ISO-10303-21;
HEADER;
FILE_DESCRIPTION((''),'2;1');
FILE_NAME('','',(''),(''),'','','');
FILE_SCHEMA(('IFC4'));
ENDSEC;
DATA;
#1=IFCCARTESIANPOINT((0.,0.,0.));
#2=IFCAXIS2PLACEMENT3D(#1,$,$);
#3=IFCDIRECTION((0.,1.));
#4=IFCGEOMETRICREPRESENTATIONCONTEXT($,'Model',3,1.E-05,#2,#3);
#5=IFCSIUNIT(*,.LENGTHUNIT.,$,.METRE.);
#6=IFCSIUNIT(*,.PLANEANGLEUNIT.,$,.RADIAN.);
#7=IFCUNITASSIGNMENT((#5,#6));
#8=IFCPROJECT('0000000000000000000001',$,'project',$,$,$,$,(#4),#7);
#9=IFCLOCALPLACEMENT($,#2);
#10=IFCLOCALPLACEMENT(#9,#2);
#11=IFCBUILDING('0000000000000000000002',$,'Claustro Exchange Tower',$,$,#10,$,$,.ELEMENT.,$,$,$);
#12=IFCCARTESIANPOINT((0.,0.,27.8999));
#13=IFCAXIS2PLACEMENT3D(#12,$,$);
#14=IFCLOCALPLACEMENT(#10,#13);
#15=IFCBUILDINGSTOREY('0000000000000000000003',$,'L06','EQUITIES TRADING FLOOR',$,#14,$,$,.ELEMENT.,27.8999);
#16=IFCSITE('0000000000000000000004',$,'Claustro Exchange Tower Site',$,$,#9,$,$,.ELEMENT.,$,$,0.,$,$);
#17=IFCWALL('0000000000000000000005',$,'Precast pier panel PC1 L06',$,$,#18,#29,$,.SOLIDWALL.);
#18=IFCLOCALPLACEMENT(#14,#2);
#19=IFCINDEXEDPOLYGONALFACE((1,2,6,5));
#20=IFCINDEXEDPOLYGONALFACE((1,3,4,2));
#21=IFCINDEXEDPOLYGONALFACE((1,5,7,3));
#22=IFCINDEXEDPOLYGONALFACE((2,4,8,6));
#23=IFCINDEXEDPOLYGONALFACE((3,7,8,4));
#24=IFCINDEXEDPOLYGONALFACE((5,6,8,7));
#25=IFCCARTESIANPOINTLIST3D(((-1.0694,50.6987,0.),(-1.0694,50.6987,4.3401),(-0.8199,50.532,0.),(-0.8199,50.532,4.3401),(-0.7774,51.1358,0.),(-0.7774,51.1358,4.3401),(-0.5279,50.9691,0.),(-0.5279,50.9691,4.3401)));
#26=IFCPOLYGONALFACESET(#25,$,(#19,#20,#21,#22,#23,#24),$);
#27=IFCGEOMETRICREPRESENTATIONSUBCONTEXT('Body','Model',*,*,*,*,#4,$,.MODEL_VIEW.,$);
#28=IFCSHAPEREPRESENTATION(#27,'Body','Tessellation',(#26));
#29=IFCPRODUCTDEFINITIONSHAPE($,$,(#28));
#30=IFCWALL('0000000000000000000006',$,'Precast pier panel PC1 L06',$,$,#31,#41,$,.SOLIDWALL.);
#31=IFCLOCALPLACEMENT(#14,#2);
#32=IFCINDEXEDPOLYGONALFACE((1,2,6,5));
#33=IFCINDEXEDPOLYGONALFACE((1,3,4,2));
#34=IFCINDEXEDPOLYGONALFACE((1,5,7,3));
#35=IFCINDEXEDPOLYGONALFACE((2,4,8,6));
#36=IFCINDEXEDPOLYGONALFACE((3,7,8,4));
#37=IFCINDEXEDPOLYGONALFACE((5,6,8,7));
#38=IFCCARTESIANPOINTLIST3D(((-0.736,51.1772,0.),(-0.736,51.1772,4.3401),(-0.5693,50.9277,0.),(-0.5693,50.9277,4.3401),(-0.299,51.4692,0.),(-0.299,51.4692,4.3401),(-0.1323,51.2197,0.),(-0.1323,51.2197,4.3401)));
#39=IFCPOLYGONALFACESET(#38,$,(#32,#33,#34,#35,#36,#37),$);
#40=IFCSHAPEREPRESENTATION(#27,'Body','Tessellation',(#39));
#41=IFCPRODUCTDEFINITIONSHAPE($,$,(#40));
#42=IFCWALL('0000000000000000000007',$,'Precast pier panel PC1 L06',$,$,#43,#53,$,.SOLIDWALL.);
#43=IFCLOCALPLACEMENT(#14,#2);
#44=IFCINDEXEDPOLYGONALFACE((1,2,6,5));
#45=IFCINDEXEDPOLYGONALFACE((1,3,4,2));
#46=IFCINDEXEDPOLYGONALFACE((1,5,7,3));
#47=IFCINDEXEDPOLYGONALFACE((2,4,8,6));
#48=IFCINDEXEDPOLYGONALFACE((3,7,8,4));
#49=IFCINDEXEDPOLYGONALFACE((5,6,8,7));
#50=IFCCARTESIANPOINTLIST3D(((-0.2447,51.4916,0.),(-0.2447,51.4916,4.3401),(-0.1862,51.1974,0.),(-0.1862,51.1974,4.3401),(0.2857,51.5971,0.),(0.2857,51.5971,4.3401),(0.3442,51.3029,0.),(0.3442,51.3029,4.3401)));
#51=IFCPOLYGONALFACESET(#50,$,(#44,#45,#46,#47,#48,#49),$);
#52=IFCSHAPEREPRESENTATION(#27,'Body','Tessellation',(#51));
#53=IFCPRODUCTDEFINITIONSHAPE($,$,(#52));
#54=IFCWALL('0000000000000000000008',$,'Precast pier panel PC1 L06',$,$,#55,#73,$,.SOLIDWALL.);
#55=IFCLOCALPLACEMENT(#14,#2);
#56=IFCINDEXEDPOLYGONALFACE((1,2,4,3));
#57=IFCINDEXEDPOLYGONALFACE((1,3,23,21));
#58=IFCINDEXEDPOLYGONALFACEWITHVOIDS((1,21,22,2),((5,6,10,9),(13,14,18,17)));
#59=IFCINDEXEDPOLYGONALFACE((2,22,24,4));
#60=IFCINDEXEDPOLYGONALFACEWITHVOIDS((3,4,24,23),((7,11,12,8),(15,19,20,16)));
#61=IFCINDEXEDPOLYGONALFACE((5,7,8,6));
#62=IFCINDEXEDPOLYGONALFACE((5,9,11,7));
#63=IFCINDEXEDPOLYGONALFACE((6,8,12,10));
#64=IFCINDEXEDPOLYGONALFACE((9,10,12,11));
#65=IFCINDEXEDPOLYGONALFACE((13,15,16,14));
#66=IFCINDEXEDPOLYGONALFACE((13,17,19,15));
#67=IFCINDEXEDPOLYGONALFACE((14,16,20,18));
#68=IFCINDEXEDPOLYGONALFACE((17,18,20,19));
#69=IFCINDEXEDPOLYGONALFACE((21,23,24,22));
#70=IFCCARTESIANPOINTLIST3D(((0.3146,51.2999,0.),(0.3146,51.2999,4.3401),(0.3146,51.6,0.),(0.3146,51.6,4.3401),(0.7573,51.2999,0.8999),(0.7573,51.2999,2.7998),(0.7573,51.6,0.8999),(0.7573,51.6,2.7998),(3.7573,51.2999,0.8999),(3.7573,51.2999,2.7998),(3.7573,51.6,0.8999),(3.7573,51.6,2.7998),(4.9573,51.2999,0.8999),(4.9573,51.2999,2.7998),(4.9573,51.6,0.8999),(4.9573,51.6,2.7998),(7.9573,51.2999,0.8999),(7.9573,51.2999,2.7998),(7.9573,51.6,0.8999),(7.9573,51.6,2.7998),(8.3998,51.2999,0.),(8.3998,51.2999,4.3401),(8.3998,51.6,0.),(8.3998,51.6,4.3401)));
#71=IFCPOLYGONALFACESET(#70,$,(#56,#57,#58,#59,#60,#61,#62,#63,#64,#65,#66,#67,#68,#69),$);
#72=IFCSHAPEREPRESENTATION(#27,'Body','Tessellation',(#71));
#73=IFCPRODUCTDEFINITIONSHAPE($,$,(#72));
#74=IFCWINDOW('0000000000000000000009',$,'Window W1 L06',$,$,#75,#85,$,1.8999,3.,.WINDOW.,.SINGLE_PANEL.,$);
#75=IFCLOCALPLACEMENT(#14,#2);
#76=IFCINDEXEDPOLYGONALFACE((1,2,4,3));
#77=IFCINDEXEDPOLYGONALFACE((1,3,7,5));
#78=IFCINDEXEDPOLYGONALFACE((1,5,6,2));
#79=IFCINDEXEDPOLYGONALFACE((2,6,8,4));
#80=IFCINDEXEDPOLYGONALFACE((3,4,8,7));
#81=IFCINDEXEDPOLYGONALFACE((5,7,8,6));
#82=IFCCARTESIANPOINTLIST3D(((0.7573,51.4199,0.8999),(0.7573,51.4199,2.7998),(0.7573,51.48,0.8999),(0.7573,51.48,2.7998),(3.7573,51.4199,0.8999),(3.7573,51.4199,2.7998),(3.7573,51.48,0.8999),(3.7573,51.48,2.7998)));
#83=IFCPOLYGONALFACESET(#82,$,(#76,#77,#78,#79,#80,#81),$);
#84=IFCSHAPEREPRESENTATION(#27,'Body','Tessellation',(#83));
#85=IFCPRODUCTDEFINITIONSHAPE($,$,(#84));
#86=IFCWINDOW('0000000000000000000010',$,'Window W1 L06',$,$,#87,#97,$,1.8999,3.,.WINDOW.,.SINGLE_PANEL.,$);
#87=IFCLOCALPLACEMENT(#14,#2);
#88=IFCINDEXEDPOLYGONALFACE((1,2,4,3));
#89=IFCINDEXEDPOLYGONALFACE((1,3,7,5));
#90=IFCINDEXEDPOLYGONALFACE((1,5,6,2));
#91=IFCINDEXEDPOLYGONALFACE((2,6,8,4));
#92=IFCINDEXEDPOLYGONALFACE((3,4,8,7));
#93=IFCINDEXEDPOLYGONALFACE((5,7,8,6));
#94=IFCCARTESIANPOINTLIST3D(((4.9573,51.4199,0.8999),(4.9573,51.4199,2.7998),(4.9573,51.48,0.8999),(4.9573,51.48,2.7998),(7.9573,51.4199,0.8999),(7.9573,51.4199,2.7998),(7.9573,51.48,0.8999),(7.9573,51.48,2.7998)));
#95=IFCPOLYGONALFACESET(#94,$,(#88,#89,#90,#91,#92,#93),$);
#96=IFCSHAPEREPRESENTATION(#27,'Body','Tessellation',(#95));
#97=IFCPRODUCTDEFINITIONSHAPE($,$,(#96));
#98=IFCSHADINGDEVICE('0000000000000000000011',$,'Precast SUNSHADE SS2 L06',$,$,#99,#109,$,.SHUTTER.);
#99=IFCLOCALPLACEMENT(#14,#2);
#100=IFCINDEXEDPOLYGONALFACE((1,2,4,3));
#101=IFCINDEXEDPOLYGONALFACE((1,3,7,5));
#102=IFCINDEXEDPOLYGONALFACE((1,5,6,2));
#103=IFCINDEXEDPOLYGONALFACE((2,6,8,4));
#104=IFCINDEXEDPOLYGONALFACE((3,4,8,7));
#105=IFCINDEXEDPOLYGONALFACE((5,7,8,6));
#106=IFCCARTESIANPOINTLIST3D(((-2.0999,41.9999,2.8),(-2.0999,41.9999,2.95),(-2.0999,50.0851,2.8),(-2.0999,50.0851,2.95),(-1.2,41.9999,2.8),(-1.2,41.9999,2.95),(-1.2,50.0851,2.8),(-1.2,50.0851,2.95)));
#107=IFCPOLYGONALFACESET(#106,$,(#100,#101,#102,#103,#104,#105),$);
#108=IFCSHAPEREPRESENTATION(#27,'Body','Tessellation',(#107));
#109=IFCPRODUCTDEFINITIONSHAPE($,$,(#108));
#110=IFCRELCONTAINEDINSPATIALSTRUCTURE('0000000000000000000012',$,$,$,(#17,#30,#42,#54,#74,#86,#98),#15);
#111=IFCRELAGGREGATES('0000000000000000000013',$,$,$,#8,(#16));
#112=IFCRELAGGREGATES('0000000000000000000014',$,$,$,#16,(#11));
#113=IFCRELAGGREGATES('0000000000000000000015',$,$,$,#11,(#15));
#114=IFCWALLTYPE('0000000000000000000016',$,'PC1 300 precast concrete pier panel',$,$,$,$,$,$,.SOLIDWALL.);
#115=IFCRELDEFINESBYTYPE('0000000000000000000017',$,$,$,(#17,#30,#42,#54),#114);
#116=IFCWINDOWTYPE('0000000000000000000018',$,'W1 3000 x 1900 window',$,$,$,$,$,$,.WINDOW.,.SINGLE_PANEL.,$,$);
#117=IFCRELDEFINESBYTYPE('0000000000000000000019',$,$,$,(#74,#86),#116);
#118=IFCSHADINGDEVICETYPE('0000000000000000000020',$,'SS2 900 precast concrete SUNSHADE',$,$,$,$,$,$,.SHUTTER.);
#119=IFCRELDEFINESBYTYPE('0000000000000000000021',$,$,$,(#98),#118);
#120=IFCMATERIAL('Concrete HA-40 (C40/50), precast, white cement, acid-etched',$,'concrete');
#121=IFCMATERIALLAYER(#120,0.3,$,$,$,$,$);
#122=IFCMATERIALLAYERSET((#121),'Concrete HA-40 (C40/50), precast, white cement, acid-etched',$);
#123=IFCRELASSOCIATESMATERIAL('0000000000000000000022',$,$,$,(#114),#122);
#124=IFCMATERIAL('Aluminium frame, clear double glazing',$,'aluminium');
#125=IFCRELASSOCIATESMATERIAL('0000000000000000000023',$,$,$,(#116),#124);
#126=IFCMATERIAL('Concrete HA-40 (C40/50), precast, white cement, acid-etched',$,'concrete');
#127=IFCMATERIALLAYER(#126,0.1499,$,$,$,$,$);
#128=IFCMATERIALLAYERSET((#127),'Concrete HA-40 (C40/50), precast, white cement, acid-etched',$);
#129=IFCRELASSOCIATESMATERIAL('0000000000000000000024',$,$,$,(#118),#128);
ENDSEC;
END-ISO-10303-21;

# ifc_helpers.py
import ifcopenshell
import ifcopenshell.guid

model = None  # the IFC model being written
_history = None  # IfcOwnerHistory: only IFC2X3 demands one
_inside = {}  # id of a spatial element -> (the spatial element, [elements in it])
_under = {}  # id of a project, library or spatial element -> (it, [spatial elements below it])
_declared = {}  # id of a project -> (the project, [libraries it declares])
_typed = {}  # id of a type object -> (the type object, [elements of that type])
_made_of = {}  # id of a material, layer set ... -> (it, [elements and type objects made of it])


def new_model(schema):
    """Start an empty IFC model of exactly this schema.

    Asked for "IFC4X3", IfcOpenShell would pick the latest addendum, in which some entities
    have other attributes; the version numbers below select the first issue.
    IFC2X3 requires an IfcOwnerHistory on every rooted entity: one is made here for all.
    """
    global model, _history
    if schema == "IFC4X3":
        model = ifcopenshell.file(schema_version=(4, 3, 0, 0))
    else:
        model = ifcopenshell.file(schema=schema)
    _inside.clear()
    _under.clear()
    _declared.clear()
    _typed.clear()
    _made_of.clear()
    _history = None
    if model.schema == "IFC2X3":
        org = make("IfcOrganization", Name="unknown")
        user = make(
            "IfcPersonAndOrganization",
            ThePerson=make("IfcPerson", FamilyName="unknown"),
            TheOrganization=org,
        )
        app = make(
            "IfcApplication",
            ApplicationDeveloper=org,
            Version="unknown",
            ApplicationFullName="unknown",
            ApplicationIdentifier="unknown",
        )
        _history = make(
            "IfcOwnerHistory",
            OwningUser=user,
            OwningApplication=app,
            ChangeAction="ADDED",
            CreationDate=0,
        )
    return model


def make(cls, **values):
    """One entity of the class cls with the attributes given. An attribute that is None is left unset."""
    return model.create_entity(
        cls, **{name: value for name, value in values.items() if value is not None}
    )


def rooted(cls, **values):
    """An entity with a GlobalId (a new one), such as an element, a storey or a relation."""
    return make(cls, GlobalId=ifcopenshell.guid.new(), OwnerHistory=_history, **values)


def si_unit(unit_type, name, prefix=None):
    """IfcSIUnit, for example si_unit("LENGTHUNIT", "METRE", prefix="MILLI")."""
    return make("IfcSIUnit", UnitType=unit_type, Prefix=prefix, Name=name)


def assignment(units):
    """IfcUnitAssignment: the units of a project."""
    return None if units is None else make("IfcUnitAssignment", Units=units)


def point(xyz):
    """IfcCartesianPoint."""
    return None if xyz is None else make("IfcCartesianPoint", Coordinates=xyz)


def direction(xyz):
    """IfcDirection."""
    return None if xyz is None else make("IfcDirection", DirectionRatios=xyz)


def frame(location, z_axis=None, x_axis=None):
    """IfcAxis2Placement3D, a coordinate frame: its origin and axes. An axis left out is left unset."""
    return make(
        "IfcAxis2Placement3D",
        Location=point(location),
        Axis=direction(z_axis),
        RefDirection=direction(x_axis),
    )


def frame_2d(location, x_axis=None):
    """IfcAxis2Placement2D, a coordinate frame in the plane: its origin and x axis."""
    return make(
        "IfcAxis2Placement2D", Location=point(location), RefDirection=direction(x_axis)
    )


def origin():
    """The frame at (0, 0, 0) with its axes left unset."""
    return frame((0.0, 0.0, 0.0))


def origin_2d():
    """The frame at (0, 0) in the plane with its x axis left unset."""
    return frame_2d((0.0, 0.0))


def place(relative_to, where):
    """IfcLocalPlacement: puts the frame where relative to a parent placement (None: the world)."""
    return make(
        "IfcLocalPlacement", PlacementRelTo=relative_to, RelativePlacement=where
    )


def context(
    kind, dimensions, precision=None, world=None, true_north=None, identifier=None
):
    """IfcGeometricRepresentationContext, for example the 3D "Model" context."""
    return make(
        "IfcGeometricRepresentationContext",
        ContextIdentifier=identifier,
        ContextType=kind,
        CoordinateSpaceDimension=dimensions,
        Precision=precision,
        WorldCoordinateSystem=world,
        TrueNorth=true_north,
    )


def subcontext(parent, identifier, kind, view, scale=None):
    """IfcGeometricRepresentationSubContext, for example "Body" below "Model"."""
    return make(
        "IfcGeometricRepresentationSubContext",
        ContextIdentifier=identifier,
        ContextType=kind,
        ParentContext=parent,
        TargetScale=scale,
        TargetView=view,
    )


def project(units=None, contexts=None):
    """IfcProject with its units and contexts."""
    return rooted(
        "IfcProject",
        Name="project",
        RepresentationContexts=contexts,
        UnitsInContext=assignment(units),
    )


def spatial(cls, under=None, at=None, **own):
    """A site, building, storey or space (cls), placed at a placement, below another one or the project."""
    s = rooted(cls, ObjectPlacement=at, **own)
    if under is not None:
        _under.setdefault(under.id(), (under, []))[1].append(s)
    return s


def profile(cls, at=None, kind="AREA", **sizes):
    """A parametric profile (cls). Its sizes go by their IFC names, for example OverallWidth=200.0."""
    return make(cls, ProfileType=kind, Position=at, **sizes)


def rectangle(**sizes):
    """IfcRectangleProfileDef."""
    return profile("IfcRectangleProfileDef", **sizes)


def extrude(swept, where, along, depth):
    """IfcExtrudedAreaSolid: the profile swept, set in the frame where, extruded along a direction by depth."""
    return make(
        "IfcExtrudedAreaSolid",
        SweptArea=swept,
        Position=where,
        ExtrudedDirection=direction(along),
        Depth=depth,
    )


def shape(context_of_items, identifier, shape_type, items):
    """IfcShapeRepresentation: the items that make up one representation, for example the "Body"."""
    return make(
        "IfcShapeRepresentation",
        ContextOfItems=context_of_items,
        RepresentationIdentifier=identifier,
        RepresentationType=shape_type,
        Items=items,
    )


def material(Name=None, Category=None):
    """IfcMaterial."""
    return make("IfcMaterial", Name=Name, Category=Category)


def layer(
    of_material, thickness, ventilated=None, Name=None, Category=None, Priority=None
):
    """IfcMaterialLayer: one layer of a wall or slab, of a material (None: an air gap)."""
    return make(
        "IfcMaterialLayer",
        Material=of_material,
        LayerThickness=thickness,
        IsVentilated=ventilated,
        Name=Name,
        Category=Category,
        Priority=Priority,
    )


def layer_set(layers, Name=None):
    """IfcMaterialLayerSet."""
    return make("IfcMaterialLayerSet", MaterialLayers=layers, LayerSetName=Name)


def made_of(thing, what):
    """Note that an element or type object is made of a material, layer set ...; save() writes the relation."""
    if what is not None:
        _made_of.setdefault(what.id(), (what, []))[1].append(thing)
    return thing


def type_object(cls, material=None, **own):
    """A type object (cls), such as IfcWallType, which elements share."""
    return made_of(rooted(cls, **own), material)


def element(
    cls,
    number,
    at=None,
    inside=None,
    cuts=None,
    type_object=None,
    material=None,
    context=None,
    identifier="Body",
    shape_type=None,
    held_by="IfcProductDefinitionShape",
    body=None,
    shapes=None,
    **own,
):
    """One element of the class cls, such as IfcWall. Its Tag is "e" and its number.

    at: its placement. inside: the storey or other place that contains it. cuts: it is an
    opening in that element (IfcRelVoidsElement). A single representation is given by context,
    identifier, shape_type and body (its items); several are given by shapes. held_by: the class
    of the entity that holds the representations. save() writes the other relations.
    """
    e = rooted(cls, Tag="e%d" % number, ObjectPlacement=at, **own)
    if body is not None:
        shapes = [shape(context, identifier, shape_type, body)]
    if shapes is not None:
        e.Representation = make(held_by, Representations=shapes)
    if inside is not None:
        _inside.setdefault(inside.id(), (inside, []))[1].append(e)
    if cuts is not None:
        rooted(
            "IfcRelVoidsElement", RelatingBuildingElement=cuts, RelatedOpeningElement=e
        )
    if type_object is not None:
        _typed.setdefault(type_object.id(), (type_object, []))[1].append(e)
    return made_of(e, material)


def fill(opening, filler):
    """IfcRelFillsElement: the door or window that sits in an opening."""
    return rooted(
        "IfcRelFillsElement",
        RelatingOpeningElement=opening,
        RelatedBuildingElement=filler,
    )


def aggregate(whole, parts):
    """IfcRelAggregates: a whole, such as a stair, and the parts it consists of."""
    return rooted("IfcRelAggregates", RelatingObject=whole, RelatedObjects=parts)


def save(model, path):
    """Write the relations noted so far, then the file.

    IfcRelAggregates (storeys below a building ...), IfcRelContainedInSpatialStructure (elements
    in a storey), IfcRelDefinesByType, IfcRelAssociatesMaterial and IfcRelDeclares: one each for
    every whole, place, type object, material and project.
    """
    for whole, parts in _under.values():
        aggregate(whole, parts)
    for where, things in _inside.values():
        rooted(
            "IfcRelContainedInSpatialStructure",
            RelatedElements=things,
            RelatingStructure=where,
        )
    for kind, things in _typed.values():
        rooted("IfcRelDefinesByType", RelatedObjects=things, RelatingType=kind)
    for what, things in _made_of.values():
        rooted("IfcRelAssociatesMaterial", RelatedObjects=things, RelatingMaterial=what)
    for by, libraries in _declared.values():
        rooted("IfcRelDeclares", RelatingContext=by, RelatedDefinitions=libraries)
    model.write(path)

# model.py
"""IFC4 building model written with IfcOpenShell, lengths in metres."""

from ifc_helpers import new_model, si_unit, direction, frame, frame_2d, origin, origin_2d, place, context, subcontext, project, spatial, rectangle, extrude, material, layer, layer_set, type_object, element, fill, save


model = new_model("IFC4")

# Units and contexts
model_context = context("Model", 3, precision=1e-05, world=origin(), true_north=direction((0.0, 1.0)))
body_context = subcontext(model_context, "Body", "Model", "MODEL_VIEW")
ifc_project = project(units=[si_unit("LENGTHUNIT", "METRE"), si_unit("PLANEANGLEUNIT", "RADIAN")], contexts=[model_context])

# Site, building, storey
site_placement = place(None, origin())
site = spatial("IfcSite", under=ifc_project, at=site_placement, Name="Claustro Exchange Tower Site", CompositionType="ELEMENT", RefElevation=0.0)
building_placement = place(site_placement, origin())
building = spatial("IfcBuilding", under=site, at=building_placement, Name="Claustro Exchange Tower", CompositionType="ELEMENT")
storey_placement = place(building_placement, frame((0.0, 0.0, 27.8999)))
storey = spatial("IfcBuildingStorey", under=building, at=storey_placement, Name="L06", Description="EQUITIES TRADING FLOOR", CompositionType="ELEMENT", Elevation=27.8999)

# Walls
ifc_material_1 = material(Name="Concrete HA-40 (C40/50), precast, white cement, acid-etched", Category="concrete")
ifc_layer_1 = layer(ifc_material_1, 0.3)
ifc_layer_set_1 = layer_set([ifc_layer_1], Name="Concrete HA-40 (C40/50), precast, white cement, acid-etched")
wall_type_1 = type_object("IfcWallType", Name="PC1 300 precast concrete pier panel", PredefinedType="SOLIDWALL", material=ifc_layer_set_1)
for number, where, z_axis, x_axis, name in (
    (1, (-0.9446, 50.6155, 0.0), (0.0, 0.0, 1.0), (0.555557, 0.831478, 0.0), "Precast pier panel PC1 L06"),
    (2, (-0.6526, 51.0525, 0.0), (0.0, 0.0, 1.0), (0.831478, 0.555557, 0.0), "Precast pier panel PC1 L06"),
):
    element("IfcWall", number, at=place(storey_placement, frame(where, z_axis=z_axis, x_axis=x_axis)), inside=storey, type_object=wall_type_1, Name=name, PredefinedType="SOLIDWALL", context=body_context, shape_type="SweptSolid", body=[
        extrude(rectangle(XDim=0.5256, YDim=0.3, at=frame_2d((0.2627, 0.0))), origin(), (0.0, 0.0, 1.0), 4.3401),
    ])
wall_1_placement = place(storey_placement, frame((-0.2156, 51.3445, 0.0), z_axis=(0.0, 0.0, 1.0), x_axis=(0.980789, 0.195074, 0.0)))
element("IfcWall", 3, at=wall_1_placement, inside=storey, type_object=wall_type_1, Name="Precast pier panel PC1 L06", PredefinedType="SOLIDWALL", context=body_context, shape_type="SweptSolid", body=[
    extrude(rectangle(XDim=0.5408, YDim=0.3, at=frame_2d((0.2705, 0.0))), origin(), (0.0, 0.0, 1.0), 4.3401),
])

# Wall, openings, windows
wall_2_placement = place(storey_placement, frame((0.3147, 51.45, 0.0), z_axis=(0.0, 0.0, 1.0), x_axis=(1.0, 0.0, 0.0)))
wall_2 = element("IfcWall", 4, at=wall_2_placement, inside=storey, type_object=wall_type_1, Name="Precast pier panel PC1 L06", PredefinedType="SOLIDWALL", context=body_context, shape_type="SweptSolid", body=[
    extrude(rectangle(XDim=8.0852, YDim=0.3, at=frame_2d((4.0425, 0.0))), origin(), (0.0, 0.0, 1.0), 4.3401),
])
opening_1_placement = place(wall_2_placement, frame((0.4426, 0.0, 0.8999)))
opening_1 = element("IfcOpeningElement", 5, at=opening_1_placement, cuts=wall_2, PredefinedType="OPENING", context=body_context, shape_type="SweptSolid", body=[
    extrude(rectangle(XDim=3.0, YDim=1.8999, at=frame_2d((1.5, 0.95))), frame((0.0, 0.1599, 0.0), z_axis=(0.0, -1.0, 0.0), x_axis=(1.0, 0.0, 0.0)), (0.0, 0.0, 1.0), 0.3201),
])
opening_2_placement = place(wall_2_placement, frame((4.6426, 0.0, 0.8999)))
opening_2 = element("IfcOpeningElement", 6, at=opening_2_placement, cuts=wall_2, PredefinedType="OPENING", context=body_context, shape_type="SweptSolid", body=[
    extrude(rectangle(XDim=3.0, YDim=1.8999, at=frame_2d((1.5, 0.95))), frame((0.0, 0.1599, 0.0), z_axis=(0.0, -1.0, 0.0), x_axis=(1.0, 0.0, 0.0)), (0.0, 0.0, 1.0), 0.3201),
])
ifc_material_2 = material(Name="Aluminium frame, clear double glazing", Category="aluminium")
window_type = type_object("IfcWindowType", Name="W1 3000 x 1900 window", PartitioningType="SINGLE_PANEL", PredefinedType="WINDOW", material=ifc_material_2)
window_1_placement = place(opening_1_placement, origin())
window_1 = element("IfcWindow", 7, at=window_1_placement, inside=storey, type_object=window_type, Name="Window W1 L06", OverallHeight=1.8999, OverallWidth=3.0, PartitioningType="SINGLE_PANEL", PredefinedType="WINDOW", context=body_context, shape_type="SweptSolid", body=[
    extrude(rectangle(XDim=3.0, YDim=1.8999, at=frame_2d((1.5, 0.95))), frame((0.0, 0.03, 0.0), z_axis=(0.0, -1.0, 0.0), x_axis=(1.0, 0.0, 0.0)), (0.0, 0.0, 1.0), 0.0601),
])
fill(opening_1, window_1)
window_2_placement = place(opening_2_placement, origin())
window_2 = element("IfcWindow", 8, at=window_2_placement, inside=storey, type_object=window_type, Name="Window W1 L06", OverallHeight=1.8999, OverallWidth=3.0, PartitioningType="SINGLE_PANEL", PredefinedType="WINDOW", context=body_context, shape_type="SweptSolid", body=[
    extrude(rectangle(XDim=3.0, YDim=1.8999, at=frame_2d((1.5, 0.95))), frame((0.0, 0.03, 0.0), z_axis=(0.0, -1.0, 0.0), x_axis=(1.0, 0.0, 0.0)), (0.0, 0.0, 1.0), 0.0601),
])
fill(opening_2, window_2)

# Shading device
ifc_material_3 = material(Name="Concrete HA-40 (C40/50), precast, white cement, acid-etched", Category="concrete")
ifc_layer_2 = layer(ifc_material_3, 0.1499)
ifc_layer_set_2 = layer_set([ifc_layer_2], Name="Concrete HA-40 (C40/50), precast, white cement, acid-etched")
shading_device_type = type_object("IfcShadingDeviceType", Name="SS2 900 precast concrete SUNSHADE", PredefinedType="SHUTTER", material=ifc_layer_set_2)
shading_device_placement = place(storey_placement, frame((-1.6499, 46.0425, 2.8), z_axis=(0.0, 0.0, 1.0), x_axis=(0.0, 1.0, 0.0)))
element("IfcShadingDevice", 9, at=shading_device_placement, inside=storey, type_object=shading_device_type, Name="Precast SUNSHADE SS2 L06", PredefinedType="SHUTTER", context=body_context, shape_type="SweptSolid", body=[
    extrude(rectangle(XDim=8.0852, YDim=0.8999, at=origin_2d()), origin(), (0.0, 0.0, 1.0), 0.1499),
])

save(model, "model.ifc")
